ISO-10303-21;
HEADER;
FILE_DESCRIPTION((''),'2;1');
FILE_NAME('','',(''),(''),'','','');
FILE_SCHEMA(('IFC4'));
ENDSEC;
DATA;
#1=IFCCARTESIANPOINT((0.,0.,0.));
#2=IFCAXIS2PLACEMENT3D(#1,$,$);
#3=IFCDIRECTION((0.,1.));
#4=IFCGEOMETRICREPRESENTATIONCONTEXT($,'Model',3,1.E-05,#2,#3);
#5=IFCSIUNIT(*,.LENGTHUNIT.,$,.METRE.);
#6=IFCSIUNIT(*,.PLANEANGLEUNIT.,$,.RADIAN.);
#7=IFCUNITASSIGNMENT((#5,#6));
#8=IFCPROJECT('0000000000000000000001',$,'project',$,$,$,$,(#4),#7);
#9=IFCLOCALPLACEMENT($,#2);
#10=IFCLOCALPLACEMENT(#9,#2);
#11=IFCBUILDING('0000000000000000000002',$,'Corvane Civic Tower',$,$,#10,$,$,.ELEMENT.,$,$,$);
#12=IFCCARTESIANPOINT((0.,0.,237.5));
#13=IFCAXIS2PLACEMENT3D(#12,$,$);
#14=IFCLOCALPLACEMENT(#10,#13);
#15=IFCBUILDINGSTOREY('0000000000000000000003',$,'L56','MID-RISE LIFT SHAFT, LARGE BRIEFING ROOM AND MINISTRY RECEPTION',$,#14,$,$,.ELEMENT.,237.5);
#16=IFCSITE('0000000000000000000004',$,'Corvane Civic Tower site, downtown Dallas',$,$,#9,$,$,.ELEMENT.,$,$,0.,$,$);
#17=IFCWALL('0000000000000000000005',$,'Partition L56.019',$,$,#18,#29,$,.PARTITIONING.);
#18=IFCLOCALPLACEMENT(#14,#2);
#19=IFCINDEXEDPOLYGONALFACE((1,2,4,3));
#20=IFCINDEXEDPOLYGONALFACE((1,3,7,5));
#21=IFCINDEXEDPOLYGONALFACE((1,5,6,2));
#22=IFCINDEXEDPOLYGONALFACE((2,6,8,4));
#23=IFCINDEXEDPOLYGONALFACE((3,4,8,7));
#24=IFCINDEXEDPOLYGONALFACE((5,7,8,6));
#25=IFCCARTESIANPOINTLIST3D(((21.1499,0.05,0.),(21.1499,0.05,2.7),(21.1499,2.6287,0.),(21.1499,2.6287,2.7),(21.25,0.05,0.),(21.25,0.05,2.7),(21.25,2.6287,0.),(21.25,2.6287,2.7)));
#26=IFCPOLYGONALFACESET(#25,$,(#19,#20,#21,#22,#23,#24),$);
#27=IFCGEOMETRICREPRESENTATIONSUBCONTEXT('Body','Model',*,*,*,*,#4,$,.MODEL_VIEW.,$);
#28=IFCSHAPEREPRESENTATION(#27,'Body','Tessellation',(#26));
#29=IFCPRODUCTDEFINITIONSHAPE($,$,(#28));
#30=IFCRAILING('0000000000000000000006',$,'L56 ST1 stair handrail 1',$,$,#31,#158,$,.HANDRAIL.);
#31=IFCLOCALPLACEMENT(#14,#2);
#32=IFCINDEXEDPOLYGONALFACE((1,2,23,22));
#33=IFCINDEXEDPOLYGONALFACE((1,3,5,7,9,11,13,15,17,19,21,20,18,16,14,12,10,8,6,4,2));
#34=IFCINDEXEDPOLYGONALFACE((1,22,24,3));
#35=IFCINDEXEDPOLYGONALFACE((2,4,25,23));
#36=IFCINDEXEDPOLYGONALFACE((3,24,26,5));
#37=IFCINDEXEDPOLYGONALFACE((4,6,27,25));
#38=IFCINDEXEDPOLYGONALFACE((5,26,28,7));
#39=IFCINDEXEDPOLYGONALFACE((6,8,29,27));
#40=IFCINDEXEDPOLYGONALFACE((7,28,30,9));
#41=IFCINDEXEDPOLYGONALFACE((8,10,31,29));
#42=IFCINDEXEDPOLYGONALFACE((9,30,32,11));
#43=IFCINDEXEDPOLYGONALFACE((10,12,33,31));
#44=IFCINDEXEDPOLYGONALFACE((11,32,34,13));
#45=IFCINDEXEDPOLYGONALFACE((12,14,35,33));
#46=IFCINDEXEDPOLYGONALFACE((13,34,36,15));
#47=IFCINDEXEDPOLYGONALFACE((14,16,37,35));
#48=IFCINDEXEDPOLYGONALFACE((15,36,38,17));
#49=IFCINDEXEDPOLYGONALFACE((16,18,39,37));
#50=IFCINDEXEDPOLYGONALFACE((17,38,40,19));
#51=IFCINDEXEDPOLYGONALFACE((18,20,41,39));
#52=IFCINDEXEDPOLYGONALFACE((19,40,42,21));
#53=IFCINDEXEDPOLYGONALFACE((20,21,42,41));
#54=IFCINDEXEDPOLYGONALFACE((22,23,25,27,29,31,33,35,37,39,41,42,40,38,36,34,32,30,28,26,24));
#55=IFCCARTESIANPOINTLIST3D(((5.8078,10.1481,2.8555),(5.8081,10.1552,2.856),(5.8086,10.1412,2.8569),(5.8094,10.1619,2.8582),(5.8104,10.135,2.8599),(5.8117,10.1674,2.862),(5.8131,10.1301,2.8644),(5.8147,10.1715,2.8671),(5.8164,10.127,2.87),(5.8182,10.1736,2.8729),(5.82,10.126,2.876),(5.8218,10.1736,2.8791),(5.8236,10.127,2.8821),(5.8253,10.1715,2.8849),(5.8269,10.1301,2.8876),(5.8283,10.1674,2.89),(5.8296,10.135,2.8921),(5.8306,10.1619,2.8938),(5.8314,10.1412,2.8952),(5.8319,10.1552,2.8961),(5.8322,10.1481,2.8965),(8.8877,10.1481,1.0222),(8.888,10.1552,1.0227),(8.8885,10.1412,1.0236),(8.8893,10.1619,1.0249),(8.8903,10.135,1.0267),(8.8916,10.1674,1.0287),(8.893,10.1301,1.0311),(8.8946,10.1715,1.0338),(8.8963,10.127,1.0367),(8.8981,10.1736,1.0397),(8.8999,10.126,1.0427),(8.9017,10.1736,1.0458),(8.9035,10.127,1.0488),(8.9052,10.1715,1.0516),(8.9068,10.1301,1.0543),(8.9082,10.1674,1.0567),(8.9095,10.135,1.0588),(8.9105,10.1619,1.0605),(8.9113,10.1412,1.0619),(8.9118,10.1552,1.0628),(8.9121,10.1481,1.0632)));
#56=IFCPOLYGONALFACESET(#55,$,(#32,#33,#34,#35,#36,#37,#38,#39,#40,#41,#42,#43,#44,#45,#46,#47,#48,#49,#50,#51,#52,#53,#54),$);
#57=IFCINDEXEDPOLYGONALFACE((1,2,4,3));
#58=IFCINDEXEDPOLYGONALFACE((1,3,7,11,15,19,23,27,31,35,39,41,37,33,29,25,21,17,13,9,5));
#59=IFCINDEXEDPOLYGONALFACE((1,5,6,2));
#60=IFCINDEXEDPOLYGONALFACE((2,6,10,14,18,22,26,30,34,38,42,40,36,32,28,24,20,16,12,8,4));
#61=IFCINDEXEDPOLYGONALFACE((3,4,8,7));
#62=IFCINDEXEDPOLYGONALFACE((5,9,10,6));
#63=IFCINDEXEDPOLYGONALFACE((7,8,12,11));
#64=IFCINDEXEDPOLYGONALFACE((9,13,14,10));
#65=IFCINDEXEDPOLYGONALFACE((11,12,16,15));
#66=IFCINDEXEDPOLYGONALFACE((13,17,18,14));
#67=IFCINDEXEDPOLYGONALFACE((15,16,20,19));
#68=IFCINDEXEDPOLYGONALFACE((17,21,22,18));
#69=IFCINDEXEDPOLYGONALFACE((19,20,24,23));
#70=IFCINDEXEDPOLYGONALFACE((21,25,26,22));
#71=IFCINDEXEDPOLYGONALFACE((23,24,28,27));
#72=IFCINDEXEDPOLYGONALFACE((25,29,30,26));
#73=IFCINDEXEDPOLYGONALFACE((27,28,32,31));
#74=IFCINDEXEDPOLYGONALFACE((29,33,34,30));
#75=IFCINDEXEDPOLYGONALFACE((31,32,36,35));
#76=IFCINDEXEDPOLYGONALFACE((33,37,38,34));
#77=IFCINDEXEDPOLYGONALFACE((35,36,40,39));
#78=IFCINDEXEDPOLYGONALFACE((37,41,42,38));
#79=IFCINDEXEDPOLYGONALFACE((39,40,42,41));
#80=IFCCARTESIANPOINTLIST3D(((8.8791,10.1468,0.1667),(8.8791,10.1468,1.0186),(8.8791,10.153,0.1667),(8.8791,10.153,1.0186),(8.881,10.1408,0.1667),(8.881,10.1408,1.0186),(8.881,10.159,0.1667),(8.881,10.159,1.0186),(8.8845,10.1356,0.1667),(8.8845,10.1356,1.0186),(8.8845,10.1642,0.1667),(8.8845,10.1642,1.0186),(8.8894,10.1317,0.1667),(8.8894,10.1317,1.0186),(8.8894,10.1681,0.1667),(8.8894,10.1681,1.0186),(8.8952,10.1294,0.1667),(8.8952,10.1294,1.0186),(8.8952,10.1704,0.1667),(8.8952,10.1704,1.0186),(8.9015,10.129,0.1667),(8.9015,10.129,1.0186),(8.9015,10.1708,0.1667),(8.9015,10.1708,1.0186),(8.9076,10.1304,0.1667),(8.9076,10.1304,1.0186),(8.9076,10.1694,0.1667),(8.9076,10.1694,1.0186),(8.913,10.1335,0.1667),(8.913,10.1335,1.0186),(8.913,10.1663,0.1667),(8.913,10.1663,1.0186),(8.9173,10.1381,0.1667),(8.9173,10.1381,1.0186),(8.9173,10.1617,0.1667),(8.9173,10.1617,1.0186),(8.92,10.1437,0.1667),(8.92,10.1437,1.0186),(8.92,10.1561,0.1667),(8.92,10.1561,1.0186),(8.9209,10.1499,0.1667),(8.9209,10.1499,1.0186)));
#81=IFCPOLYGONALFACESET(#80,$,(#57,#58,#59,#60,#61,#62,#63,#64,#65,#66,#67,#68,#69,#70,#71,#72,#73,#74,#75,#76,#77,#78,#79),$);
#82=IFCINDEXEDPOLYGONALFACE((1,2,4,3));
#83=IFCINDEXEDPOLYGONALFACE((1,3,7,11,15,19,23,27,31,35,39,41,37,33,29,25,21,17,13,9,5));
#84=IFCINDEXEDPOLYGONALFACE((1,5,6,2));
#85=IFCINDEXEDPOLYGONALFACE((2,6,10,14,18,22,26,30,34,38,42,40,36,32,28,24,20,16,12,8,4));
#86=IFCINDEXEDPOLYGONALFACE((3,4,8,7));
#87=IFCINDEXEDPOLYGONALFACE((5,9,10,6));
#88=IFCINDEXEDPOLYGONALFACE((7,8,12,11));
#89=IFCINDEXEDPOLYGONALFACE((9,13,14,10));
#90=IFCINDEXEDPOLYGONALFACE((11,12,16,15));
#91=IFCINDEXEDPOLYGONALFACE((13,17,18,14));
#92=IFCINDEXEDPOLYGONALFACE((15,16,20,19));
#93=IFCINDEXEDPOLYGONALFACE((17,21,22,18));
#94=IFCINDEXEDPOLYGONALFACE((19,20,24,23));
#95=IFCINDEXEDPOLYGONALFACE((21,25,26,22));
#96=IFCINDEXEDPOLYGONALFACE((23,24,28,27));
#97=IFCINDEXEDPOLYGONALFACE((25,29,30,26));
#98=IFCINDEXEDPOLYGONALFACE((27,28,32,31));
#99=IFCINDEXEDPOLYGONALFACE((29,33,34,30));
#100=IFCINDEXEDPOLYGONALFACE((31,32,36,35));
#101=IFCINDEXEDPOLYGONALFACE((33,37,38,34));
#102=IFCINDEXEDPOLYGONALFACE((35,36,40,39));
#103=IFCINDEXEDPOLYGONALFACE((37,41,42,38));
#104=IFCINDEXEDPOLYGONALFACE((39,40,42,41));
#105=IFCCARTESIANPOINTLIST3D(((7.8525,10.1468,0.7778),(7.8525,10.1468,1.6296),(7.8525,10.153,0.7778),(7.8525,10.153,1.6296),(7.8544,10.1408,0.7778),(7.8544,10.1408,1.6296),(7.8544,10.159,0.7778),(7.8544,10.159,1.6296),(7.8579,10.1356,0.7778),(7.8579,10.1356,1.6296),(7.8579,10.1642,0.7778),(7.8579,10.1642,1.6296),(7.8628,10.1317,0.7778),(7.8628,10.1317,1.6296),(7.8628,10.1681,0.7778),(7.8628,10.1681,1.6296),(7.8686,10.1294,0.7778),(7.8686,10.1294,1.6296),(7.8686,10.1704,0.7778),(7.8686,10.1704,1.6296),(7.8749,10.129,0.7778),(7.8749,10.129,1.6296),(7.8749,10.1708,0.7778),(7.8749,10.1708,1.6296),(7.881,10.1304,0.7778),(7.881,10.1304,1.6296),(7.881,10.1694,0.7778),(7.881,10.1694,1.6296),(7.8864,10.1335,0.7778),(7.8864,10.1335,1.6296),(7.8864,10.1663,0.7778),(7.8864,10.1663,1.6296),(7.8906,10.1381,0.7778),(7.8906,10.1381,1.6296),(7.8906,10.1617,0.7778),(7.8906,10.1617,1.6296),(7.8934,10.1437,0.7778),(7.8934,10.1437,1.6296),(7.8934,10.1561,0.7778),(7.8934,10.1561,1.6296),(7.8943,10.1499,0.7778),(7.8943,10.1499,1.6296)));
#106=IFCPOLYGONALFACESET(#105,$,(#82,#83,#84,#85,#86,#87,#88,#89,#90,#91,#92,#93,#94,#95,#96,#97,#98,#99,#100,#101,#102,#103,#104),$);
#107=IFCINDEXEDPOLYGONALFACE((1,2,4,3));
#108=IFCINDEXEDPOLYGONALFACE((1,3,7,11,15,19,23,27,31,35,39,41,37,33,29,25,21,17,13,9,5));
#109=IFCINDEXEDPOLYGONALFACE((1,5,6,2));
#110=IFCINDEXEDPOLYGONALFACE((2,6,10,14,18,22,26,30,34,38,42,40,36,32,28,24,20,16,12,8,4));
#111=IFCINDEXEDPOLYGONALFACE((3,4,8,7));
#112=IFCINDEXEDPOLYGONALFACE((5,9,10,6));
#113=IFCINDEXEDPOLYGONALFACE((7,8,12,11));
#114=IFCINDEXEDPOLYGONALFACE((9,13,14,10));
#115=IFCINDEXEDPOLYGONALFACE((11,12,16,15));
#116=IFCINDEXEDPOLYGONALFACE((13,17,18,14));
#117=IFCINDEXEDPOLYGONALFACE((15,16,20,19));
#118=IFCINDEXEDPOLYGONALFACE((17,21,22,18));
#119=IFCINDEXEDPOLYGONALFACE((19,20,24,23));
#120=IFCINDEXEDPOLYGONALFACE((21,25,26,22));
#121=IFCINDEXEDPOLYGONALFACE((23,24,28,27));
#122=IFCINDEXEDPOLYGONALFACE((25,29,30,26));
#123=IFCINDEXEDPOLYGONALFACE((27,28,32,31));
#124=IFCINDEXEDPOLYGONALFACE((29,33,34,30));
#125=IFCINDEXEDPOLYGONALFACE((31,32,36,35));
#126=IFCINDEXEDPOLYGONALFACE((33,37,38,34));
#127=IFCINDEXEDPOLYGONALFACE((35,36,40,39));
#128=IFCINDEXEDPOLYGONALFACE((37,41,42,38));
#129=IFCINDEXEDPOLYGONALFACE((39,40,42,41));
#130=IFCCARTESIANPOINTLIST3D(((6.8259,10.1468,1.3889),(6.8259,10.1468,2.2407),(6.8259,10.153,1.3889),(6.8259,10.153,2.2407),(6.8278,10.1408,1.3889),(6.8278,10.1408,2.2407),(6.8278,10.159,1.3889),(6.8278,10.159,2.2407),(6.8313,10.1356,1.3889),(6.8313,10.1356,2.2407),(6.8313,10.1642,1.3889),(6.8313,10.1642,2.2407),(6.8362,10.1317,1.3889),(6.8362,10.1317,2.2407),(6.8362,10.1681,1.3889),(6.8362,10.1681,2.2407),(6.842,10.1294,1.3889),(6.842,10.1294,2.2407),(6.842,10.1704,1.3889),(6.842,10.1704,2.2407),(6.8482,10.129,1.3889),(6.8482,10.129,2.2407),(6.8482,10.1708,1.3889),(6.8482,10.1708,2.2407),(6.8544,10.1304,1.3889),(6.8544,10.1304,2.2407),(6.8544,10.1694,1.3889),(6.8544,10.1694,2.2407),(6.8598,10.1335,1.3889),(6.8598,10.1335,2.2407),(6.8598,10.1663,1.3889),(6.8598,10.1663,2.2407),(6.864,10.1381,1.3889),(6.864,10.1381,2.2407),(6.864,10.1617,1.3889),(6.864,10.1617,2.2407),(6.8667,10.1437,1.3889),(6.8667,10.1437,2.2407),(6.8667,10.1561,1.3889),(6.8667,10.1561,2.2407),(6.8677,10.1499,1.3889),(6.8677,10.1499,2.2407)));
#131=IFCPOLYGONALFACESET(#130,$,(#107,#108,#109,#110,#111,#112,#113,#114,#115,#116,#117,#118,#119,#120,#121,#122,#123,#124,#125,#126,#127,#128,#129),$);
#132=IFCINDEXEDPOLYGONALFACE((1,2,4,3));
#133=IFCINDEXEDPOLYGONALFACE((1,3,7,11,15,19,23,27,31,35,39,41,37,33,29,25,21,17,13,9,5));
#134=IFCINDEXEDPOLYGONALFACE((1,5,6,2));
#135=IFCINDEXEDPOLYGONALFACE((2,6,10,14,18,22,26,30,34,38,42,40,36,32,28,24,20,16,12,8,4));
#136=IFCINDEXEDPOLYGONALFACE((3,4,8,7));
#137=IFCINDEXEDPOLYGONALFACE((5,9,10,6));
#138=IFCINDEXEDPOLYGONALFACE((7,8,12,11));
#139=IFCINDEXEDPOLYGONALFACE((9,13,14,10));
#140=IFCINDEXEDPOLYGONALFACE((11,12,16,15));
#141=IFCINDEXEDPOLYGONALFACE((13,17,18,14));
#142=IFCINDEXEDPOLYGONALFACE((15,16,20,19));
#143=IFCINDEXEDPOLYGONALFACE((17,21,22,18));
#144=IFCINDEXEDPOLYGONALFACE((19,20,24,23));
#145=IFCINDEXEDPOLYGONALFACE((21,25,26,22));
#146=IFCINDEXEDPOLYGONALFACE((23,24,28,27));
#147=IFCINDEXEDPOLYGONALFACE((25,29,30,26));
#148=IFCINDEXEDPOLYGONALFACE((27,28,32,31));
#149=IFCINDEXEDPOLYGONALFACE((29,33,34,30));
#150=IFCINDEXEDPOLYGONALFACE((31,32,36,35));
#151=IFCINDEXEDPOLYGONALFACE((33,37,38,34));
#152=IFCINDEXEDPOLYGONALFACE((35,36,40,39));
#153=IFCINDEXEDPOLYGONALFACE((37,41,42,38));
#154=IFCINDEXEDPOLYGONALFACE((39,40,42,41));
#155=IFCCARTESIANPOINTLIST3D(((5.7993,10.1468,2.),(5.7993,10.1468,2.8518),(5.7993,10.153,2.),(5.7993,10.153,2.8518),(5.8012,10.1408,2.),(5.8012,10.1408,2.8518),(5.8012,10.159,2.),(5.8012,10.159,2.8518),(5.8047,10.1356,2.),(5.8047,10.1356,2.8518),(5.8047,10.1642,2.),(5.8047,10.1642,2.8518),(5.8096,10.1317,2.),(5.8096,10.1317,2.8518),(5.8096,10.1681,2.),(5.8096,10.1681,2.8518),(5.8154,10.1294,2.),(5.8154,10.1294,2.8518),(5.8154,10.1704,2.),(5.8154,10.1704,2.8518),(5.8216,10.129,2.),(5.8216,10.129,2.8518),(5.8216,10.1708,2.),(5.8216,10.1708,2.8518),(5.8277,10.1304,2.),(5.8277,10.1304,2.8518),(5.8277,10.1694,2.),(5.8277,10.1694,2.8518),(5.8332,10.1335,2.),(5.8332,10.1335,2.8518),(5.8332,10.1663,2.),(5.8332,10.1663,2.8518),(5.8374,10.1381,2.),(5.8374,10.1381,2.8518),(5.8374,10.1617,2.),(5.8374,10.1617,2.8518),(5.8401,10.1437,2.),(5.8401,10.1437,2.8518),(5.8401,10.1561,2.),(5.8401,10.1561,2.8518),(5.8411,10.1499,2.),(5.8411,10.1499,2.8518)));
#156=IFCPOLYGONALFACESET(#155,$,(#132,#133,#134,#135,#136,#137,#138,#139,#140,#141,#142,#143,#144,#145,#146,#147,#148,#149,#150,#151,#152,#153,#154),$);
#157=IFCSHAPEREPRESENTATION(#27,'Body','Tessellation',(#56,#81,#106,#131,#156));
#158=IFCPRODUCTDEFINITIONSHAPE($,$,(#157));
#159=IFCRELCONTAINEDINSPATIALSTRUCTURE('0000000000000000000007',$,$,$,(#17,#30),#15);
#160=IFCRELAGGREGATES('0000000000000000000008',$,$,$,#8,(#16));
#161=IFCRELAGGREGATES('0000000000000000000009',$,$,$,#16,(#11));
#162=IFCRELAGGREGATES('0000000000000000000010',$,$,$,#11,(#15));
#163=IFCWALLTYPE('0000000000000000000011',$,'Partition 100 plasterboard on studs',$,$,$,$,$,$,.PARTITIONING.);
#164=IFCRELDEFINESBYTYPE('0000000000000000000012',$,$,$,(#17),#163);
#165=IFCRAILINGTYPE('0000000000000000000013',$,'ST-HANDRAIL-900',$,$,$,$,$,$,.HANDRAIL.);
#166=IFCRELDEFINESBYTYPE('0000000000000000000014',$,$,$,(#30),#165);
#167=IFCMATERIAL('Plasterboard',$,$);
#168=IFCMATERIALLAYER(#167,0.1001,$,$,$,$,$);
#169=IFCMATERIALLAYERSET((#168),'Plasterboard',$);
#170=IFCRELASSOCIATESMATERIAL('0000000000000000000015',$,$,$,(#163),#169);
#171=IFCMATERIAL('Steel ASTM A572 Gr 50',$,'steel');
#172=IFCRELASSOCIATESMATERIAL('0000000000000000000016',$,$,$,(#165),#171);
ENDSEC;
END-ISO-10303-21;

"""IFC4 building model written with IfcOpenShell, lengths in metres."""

from ifc_helpers import new_model, si_unit, direction, frame, frame_2d, origin, origin_2d, place, context, subcontext, project, spatial, rectangle, circle, extrude, material, layer, layer_set, type_object, element, save


model = new_model("IFC4")

# Units and contexts
model_context = context("Model", 3, precision=1e-05, world=origin(), true_north=direction((0.0, 1.0)))
body_context = subcontext(model_context, "Body", "Model", "MODEL_VIEW")
ifc_project = project(units=[si_unit("LENGTHUNIT", "METRE"), si_unit("PLANEANGLEUNIT", "RADIAN")], contexts=[model_context])

# Site, building, storey
site_placement = place(None, origin())
site = spatial("IfcSite", under=ifc_project, at=site_placement, Name="Corvane Civic Tower site, downtown Dallas", CompositionType="ELEMENT", RefElevation=0.0)
building_placement = place(site_placement, origin())
building = spatial("IfcBuilding", under=site, at=building_placement, Name="Corvane Civic Tower", CompositionType="ELEMENT")
storey_placement = place(building_placement, frame((0.0, 0.0, 237.5)))
storey = spatial("IfcBuildingStorey", under=building, at=storey_placement, Name="L56", Description="MID-RISE LIFT SHAFT, LARGE BRIEFING ROOM AND MINISTRY RECEPTION", CompositionType="ELEMENT", Elevation=237.5)

# Wall
ifc_material_1 = material(Name="Plasterboard")
ifc_layer_1 = layer(ifc_material_1, 0.1001)
ifc_layer_set_1 = layer_set([ifc_layer_1], Name="Plasterboard")
wall_type_1 = type_object("IfcWallType", Name="Partition 100 plasterboard on studs", PredefinedType="PARTITIONING", material=ifc_layer_set_1)
wall_1_placement = place(storey_placement, frame((21.2, 0.05, 0.0), z_axis=(0.0, 0.0, 1.0), x_axis=(0.0, 1.0, 0.0)))
element("IfcWall", 1, at=wall_1_placement, inside=storey, type_object=wall_type_1, Name="Partition L56.019", PredefinedType="PARTITIONING", context=body_context, shape_type="SweptSolid", body=[
    extrude(rectangle(XDim=2.5786, YDim=0.1001, at=frame_2d((1.2893, 0.0))), origin(), (0.0, 0.0, 1.0), 2.7),
])

# Railing
ifc_material_2 = material(Name="Steel ASTM A572 Gr 50", Category="steel")
railing_type_1 = type_object("IfcRailingType", Name="ST-HANDRAIL-900", PredefinedType="HANDRAIL", material=ifc_material_2)
railing_1_placement = place(storey_placement, frame((8.8999, 10.1499, 0.1667)))
element("IfcRailing", 2, at=railing_1_placement, inside=storey, type_object=railing_type_1, Name="L56 ST1 stair handrail 1", PredefinedType="HANDRAIL", context=body_context, shape_type="SweptSolid", body=[
    extrude(circle(Radius=0.0239, at=origin_2d()), frame((0.0, 0.0, 0.876), z_axis=(-0.859291, 0.0, 0.511487), x_axis=(0.0, -1.0, 0.0)), (0.0, 0.0, 1.0), 3.5842),
    extrude(circle(Radius=0.021, at=origin_2d()), origin(), (0.0, 0.0, 1.0), 0.8518),
    extrude(circle(Radius=0.021, at=origin_2d()), frame((-1.0266, 0.0, 0.6111)), (0.0, 0.0, 1.0), 0.8518),
    extrude(circle(Radius=0.021, at=origin_2d()), frame((-2.0532, 0.0, 1.2222)), (0.0, 0.0, 1.0), 0.8518),
    extrude(circle(Radius=0.021, at=origin_2d()), frame((-3.0798, 0.0, 1.8333)), (0.0, 0.0, 1.0), 0.8518),
])

save(model, "model.ifc")
